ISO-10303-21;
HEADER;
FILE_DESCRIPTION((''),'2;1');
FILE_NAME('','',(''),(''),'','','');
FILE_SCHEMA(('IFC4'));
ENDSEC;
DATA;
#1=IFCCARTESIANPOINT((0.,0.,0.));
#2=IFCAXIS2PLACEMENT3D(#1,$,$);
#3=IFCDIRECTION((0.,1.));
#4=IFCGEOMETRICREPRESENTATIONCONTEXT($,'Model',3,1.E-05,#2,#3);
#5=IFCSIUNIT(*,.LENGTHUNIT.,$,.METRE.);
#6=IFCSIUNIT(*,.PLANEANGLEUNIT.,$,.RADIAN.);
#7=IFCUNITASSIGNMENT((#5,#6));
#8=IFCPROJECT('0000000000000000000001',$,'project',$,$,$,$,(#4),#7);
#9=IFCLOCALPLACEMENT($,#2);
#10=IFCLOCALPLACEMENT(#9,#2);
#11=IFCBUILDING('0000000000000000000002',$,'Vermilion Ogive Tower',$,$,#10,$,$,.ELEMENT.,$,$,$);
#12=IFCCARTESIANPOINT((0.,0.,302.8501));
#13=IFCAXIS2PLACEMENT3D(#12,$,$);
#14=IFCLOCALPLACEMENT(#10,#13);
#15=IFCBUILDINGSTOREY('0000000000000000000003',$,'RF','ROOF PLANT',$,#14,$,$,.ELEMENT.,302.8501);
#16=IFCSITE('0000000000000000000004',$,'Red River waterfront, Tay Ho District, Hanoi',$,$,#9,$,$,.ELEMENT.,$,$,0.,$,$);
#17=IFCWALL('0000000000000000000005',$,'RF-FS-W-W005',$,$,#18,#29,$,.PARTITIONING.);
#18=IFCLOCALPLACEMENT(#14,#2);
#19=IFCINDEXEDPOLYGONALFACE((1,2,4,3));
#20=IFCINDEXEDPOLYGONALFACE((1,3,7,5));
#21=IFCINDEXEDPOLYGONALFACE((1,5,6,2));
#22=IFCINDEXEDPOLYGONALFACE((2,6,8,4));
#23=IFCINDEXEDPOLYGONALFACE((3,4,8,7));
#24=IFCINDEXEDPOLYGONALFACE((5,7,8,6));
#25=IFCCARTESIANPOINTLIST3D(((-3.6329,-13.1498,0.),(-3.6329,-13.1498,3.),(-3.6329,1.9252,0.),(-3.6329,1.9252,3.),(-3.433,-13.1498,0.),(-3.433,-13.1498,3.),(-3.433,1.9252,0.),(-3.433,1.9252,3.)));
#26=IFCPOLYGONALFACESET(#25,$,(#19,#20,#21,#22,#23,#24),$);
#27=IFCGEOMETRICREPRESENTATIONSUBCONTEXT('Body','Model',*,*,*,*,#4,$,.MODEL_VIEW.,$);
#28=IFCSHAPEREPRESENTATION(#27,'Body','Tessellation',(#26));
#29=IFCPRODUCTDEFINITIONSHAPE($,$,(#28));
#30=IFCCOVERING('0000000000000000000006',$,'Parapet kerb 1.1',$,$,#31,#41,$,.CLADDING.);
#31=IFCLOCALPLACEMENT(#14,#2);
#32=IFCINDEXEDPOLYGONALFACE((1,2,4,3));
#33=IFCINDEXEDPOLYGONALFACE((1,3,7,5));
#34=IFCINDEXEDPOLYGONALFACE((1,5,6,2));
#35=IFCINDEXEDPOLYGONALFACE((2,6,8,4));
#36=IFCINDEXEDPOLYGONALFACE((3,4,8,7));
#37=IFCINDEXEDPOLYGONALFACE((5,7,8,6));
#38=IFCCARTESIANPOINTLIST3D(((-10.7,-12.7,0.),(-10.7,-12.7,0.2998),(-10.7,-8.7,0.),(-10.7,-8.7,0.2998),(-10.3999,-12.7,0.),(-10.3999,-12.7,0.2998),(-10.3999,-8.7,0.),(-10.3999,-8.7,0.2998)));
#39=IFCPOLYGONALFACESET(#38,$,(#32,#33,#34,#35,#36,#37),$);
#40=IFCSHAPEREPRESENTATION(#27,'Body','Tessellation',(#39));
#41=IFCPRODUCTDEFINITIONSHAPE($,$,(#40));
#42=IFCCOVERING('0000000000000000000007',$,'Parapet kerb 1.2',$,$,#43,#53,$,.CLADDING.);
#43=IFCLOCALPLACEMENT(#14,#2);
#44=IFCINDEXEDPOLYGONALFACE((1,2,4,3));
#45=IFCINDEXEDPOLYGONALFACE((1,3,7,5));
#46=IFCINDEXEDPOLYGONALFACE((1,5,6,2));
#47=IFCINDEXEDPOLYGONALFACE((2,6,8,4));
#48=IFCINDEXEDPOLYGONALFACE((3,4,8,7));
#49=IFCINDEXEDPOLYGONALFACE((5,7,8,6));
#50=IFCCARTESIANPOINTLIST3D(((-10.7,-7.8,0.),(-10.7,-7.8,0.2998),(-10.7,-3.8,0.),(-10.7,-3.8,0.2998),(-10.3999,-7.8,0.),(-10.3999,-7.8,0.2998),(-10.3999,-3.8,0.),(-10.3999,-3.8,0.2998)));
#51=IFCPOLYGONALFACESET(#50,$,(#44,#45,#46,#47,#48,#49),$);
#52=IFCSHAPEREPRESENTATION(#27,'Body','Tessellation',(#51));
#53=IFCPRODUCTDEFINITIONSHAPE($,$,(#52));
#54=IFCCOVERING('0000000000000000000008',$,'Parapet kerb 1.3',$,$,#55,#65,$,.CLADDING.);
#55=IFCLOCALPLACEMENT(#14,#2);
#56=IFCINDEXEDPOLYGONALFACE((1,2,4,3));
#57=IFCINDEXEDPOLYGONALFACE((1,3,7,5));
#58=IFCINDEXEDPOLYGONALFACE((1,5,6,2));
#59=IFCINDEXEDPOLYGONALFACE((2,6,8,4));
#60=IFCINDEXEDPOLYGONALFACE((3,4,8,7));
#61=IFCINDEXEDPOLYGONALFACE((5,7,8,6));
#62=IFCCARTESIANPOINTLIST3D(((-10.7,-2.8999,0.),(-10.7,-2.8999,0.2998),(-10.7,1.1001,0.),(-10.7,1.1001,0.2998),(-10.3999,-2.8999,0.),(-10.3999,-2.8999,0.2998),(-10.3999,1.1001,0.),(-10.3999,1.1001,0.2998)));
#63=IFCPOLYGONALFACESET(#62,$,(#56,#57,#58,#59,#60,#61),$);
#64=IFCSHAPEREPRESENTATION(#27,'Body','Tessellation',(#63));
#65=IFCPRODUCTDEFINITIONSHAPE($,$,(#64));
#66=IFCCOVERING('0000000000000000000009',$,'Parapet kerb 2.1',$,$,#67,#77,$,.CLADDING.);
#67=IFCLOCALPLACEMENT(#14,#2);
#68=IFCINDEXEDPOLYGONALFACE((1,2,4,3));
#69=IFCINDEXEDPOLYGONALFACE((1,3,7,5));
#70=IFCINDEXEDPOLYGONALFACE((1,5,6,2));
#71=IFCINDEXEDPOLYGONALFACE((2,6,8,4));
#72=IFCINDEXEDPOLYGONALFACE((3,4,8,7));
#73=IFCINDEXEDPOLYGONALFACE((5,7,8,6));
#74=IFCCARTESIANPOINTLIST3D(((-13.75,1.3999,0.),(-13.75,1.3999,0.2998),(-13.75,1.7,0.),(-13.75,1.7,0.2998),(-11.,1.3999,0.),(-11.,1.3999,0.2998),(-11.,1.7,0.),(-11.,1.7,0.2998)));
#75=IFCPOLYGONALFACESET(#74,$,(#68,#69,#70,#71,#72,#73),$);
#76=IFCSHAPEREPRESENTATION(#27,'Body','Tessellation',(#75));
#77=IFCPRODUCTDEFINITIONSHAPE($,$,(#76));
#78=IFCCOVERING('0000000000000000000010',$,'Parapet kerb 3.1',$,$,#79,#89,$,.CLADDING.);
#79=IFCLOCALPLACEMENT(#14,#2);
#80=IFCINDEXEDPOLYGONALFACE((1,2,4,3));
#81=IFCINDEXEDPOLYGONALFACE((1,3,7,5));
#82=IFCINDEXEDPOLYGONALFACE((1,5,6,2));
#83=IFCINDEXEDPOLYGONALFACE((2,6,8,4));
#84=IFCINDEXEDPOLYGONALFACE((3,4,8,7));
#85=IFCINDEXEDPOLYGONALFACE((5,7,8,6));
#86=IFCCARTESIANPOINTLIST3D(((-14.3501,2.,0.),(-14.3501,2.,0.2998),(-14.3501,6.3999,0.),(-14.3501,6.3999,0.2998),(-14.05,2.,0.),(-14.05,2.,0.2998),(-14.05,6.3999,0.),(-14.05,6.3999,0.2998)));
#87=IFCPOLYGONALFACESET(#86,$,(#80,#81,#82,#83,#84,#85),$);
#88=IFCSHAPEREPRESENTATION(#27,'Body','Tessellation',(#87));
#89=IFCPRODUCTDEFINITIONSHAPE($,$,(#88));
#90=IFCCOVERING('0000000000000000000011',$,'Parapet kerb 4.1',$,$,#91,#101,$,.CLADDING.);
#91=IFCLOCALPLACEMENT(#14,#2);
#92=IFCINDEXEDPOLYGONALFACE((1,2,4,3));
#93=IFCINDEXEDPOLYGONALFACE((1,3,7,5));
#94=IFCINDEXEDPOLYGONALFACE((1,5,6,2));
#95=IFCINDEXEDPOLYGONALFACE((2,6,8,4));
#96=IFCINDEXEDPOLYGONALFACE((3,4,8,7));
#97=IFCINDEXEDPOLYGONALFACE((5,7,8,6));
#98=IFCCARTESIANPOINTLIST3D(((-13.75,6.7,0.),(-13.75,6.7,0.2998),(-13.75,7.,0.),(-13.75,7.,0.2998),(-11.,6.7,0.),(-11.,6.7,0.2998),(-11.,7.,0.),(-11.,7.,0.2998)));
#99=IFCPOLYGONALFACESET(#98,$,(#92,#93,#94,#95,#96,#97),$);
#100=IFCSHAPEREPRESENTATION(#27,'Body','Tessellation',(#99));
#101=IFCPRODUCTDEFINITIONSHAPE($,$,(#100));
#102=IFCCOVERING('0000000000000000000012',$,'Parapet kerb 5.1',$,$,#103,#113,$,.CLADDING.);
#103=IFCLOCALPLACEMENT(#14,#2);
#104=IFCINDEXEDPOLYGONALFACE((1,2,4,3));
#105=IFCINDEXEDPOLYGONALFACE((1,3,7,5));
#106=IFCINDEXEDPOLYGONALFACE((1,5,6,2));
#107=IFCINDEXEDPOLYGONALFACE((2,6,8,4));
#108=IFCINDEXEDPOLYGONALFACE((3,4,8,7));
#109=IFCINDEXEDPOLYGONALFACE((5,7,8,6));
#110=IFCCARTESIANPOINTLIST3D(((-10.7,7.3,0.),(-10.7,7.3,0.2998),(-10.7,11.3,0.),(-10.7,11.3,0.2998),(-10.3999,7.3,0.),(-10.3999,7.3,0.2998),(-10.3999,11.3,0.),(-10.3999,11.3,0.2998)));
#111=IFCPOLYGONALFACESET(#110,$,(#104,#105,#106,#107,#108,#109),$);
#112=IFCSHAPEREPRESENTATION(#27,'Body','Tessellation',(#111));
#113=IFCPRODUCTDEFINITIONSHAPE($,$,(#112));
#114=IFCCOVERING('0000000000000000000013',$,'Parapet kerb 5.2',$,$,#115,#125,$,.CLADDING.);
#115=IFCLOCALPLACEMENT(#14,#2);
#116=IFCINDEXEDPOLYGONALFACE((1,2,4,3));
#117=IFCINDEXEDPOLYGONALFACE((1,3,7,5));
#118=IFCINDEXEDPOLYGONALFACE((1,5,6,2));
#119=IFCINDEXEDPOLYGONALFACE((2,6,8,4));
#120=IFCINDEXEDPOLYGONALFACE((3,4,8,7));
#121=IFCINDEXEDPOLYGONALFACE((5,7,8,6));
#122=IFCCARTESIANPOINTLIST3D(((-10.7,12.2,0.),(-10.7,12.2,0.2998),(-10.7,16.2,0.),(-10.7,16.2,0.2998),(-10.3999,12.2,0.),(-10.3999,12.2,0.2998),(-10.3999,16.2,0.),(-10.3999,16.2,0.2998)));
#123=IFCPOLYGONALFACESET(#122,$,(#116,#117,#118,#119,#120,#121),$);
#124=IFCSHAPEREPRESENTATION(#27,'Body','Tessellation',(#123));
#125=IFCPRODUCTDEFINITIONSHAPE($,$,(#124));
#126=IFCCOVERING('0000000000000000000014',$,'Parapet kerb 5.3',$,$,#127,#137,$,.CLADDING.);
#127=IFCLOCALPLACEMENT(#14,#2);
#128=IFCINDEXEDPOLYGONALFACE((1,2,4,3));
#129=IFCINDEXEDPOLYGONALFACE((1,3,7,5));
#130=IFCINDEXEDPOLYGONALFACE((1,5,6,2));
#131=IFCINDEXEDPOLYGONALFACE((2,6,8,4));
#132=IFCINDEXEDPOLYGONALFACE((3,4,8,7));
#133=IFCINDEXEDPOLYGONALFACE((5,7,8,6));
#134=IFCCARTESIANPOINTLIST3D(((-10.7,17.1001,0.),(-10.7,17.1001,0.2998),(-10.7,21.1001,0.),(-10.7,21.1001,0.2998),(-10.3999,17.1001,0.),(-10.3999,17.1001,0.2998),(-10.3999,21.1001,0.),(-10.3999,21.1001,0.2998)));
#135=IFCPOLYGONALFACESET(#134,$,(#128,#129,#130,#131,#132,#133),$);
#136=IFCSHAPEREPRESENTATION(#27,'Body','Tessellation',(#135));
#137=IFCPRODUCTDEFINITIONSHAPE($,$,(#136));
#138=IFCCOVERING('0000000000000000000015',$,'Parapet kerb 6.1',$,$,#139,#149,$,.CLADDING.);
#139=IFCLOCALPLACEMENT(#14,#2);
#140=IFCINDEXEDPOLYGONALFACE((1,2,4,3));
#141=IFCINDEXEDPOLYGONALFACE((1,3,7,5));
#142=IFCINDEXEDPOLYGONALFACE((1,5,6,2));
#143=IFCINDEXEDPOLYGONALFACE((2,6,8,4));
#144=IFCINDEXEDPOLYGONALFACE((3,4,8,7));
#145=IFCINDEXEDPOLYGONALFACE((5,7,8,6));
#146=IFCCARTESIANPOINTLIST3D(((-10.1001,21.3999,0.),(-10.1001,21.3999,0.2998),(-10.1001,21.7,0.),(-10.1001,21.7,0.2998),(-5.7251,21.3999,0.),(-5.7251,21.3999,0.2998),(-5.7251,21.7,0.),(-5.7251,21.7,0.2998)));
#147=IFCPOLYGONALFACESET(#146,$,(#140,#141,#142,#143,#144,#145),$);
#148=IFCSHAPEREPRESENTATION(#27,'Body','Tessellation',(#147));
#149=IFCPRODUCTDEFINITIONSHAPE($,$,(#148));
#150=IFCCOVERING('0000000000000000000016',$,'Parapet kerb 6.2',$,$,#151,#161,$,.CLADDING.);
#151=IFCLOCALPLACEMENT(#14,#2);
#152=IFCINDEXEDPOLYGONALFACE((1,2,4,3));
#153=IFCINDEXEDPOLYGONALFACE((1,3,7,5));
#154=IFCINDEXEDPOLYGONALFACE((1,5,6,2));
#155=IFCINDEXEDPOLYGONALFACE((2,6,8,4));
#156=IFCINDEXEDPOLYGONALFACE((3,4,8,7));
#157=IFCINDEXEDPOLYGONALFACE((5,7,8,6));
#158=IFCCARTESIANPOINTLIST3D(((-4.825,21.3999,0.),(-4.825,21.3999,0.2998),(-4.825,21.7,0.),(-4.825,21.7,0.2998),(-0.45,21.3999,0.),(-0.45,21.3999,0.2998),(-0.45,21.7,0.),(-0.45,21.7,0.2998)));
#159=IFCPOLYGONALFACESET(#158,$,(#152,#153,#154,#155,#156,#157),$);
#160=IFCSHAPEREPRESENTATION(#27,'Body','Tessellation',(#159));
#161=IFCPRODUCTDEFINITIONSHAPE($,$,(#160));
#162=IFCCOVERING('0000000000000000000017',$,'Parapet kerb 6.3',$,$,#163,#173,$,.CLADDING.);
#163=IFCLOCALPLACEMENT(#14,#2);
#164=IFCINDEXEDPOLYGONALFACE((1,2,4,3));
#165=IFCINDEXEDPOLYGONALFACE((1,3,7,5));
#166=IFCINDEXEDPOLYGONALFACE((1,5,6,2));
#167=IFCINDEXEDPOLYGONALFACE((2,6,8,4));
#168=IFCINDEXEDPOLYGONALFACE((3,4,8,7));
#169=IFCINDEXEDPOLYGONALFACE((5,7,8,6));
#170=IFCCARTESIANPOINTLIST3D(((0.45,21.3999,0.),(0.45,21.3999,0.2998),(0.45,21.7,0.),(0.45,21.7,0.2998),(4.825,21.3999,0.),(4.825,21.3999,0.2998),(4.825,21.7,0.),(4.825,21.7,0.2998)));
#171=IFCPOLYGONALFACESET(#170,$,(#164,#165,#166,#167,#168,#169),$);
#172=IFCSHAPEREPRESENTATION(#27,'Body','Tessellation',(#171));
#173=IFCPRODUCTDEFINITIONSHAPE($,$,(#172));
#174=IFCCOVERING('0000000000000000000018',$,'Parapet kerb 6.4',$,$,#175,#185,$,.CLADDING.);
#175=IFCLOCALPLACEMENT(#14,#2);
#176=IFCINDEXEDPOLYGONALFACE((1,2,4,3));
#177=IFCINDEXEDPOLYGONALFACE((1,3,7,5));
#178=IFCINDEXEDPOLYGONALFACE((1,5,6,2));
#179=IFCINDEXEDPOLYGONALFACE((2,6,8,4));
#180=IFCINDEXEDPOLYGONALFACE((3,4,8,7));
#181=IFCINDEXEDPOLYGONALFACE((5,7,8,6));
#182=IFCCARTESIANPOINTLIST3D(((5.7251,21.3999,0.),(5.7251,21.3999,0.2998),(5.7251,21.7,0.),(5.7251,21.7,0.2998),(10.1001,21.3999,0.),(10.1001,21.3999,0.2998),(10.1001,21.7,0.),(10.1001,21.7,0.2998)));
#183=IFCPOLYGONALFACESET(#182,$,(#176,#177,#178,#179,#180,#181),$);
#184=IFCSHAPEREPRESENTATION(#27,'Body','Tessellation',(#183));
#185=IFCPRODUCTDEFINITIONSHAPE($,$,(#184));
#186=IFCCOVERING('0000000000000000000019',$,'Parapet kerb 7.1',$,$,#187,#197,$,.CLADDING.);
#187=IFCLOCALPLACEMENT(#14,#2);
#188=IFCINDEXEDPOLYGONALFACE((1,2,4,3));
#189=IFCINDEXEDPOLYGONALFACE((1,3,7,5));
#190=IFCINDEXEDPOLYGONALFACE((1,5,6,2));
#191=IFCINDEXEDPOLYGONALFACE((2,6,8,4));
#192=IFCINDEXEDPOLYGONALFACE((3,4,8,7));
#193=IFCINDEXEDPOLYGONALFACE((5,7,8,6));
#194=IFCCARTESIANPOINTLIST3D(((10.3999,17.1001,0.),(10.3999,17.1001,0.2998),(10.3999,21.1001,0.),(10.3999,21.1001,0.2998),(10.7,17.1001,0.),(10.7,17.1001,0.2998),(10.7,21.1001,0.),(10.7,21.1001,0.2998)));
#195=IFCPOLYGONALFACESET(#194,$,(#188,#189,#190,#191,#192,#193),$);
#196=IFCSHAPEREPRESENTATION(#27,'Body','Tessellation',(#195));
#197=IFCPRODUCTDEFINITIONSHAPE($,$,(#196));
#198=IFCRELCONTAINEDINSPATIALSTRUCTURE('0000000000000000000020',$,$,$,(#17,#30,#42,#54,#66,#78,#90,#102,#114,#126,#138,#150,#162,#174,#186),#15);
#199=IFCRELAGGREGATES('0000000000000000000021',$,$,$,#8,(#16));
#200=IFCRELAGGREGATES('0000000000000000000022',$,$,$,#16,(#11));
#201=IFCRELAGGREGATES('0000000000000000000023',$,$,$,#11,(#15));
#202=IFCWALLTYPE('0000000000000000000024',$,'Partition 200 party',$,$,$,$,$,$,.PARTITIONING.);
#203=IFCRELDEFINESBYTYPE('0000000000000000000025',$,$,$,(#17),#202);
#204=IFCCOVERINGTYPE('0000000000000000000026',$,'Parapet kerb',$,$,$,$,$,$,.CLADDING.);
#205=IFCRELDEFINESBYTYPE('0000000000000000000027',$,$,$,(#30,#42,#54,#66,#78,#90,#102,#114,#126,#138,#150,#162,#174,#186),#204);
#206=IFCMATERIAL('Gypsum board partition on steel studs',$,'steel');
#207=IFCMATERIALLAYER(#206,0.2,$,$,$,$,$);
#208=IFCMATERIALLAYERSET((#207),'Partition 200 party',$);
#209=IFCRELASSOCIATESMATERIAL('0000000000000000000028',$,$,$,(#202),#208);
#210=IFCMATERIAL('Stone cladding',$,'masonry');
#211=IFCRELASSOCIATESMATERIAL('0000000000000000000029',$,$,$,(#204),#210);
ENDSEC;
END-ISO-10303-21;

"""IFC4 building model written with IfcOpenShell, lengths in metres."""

from ifc_helpers import new_model, si_unit, direction, frame, frame_2d, origin, place, context, subcontext, project, spatial, polyline, rectangle, outline, extrude, material, layer, layer_set, type_object, element, save


model = new_model("IFC4")

# Units and contexts
model_context = context("Model", 3, precision=1e-05, world=origin(), true_north=direction((0.0, 1.0)))
body_context = subcontext(model_context, "Body", "Model", "MODEL_VIEW")
ifc_project = project(units=[si_unit("LENGTHUNIT", "METRE"), si_unit("PLANEANGLEUNIT", "RADIAN")], contexts=[model_context])

# Site, building, storey
site_placement = place(None, origin())
site = spatial("IfcSite", under=ifc_project, at=site_placement, Name="Red River waterfront, Tay Ho District, Hanoi", CompositionType="ELEMENT", RefElevation=0.0)
building_placement = place(site_placement, origin())
building = spatial("IfcBuilding", under=site, at=building_placement, Name="Vermilion Ogive Tower", CompositionType="ELEMENT")
storey_placement = place(building_placement, frame((0.0, 0.0, 302.8501)))
storey = spatial("IfcBuildingStorey", under=building, at=storey_placement, Name="RF", Description="ROOF PLANT", CompositionType="ELEMENT", Elevation=302.8501)

# Wall
ifc_material_1 = material(Name="Gypsum board partition on steel studs", Category="steel")
ifc_layer_1 = layer(ifc_material_1, 0.2)
ifc_layer_set_1 = layer_set([ifc_layer_1], Name="Partition 200 party")
wall_type = type_object("IfcWallType", Name="Partition 200 party", PredefinedType="PARTITIONING", material=ifc_layer_set_1)
wall_placement = place(storey_placement, frame((-3.533, -13.1499, 0.0), z_axis=(0.0, 0.0, 1.0), x_axis=(0.0, 1.0, 0.0)))
element("IfcWall", 1, at=wall_placement, inside=storey, type_object=wall_type, Name="RF-FS-W-W005", PredefinedType="PARTITIONING", context=body_context, shape_type="SweptSolid", body=[
    extrude(rectangle(XDim=15.075, YDim=0.2, at=frame_2d((7.5376, 0.0))), origin(), (0.0, 0.0, 1.0), 3.0),
])

# Coverings
ifc_material_2 = material(Name="Stone cladding", Category="masonry")
covering_type = type_object("IfcCoveringType", Name="Parapet kerb", PredefinedType="CLADDING", material=ifc_material_2)
covering_1_placement = place(storey_placement, origin())
element("IfcCovering", 2, at=covering_1_placement, inside=storey, type_object=covering_type, Name="Parapet kerb 1.1", PredefinedType="CLADDING", context=body_context, shape_type="SweptSolid", body=[
    extrude(outline(polyline([(-10.3999, -12.7), (-10.3999, -8.7), (-10.7, -8.7), (-10.7, -12.7), (-10.3999, -12.7)])), origin(), (0.0, 0.0, 1.0), 0.2998),
])
covering_2_placement = place(storey_placement, origin())
element("IfcCovering", 3, at=covering_2_placement, inside=storey, type_object=covering_type, Name="Parapet kerb 1.2", PredefinedType="CLADDING", context=body_context, shape_type="SweptSolid", body=[
    extrude(outline(polyline([(-10.3999, -7.8), (-10.3999, -3.8), (-10.7, -3.8), (-10.7, -7.8), (-10.3999, -7.8)])), origin(), (0.0, 0.0, 1.0), 0.2998),
])
covering_3_placement = place(storey_placement, origin())
element("IfcCovering", 4, at=covering_3_placement, inside=storey, type_object=covering_type, Name="Parapet kerb 1.3", PredefinedType="CLADDING", context=body_context, shape_type="SweptSolid", body=[
    extrude(outline(polyline([(-10.3999, -2.8999), (-10.3999, 1.1001), (-10.7, 1.1001), (-10.7, -2.8999), (-10.3999, -2.8999)])), origin(), (0.0, 0.0, 1.0), 0.2998),
])
covering_4_placement = place(storey_placement, origin())
element("IfcCovering", 5, at=covering_4_placement, inside=storey, type_object=covering_type, Name="Parapet kerb 2.1", PredefinedType="CLADDING", context=body_context, shape_type="SweptSolid", body=[
    extrude(outline(polyline([(-11.0, 1.7), (-13.75, 1.7), (-13.75, 1.3999), (-11.0, 1.3999), (-11.0, 1.7)])), origin(), (0.0, 0.0, 1.0), 0.2998),
])
covering_5_placement = place(storey_placement, origin())
element("IfcCovering", 6, at=covering_5_placement, inside=storey, type_object=covering_type, Name="Parapet kerb 3.1", PredefinedType="CLADDING", context=body_context, shape_type="SweptSolid", body=[
    extrude(outline(polyline([(-14.05, 2.0), (-14.05, 6.3999), (-14.3501, 6.3999), (-14.3501, 2.0), (-14.05, 2.0)])), origin(), (0.0, 0.0, 1.0), 0.2998),
])
covering_6_placement = place(storey_placement, origin())
element("IfcCovering", 7, at=covering_6_placement, inside=storey, type_object=covering_type, Name="Parapet kerb 4.1", PredefinedType="CLADDING", context=body_context, shape_type="SweptSolid", body=[
    extrude(outline(polyline([(-13.75, 6.7), (-11.0, 6.7), (-11.0, 7.0), (-13.75, 7.0), (-13.75, 6.7)])), origin(), (0.0, 0.0, 1.0), 0.2998),
])
covering_7_placement = place(storey_placement, origin())
element("IfcCovering", 8, at=covering_7_placement, inside=storey, type_object=covering_type, Name="Parapet kerb 5.1", PredefinedType="CLADDING", context=body_context, shape_type="SweptSolid", body=[
    extrude(outline(polyline([(-10.3999, 7.3), (-10.3999, 11.3), (-10.7, 11.3), (-10.7, 7.3), (-10.3999, 7.3)])), origin(), (0.0, 0.0, 1.0), 0.2998),
])
covering_8_placement = place(storey_placement, origin())
element("IfcCovering", 9, at=covering_8_placement, inside=storey, type_object=covering_type, Name="Parapet kerb 5.2", PredefinedType="CLADDING", context=body_context, shape_type="SweptSolid", body=[
    extrude(outline(polyline([(-10.3999, 12.2), (-10.3999, 16.2), (-10.7, 16.2), (-10.7, 12.2), (-10.3999, 12.2)])), origin(), (0.0, 0.0, 1.0), 0.2998),
])
covering_9_placement = place(storey_placement, origin())
element("IfcCovering", 10, at=covering_9_placement, inside=storey, type_object=covering_type, Name="Parapet kerb 5.3", PredefinedType="CLADDING", context=body_context, shape_type="SweptSolid", body=[
    extrude(outline(polyline([(-10.3999, 17.1001), (-10.3999, 21.1001), (-10.7, 21.1001), (-10.7, 17.1001), (-10.3999, 17.1001)])), origin(), (0.0, 0.0, 1.0), 0.2998),
])
covering_10_placement = place(storey_placement, origin())
element("IfcCovering", 11, at=covering_10_placement, inside=storey, type_object=covering_type, Name="Parapet kerb 6.1", PredefinedType="CLADDING", context=body_context, shape_type="SweptSolid", body=[
    extrude(outline(polyline([(-10.1001, 21.3999), (-5.7251, 21.3999), (-5.7251, 21.7), (-10.1001, 21.7), (-10.1001, 21.3999)])), origin(), (0.0, 0.0, 1.0), 0.2998),
])
covering_11_placement = place(storey_placement, origin())
element("IfcCovering", 12, at=covering_11_placement, inside=storey, type_object=covering_type, Name="Parapet kerb 6.2", PredefinedType="CLADDING", context=body_context, shape_type="SweptSolid", body=[
    extrude(outline(polyline([(-4.825, 21.3999), (-0.45, 21.3999), (-0.45, 21.7), (-4.825, 21.7), (-4.825, 21.3999)])), origin(), (0.0, 0.0, 1.0), 0.2998),
])
covering_12_placement = place(storey_placement, origin())
element("IfcCovering", 13, at=covering_12_placement, inside=storey, type_object=covering_type, Name="Parapet kerb 6.3", PredefinedType="CLADDING", context=body_context, shape_type="SweptSolid", body=[
    extrude(outline(polyline([(0.45, 21.3999), (4.825, 21.3999), (4.825, 21.7), (0.45, 21.7), (0.45, 21.3999)])), origin(), (0.0, 0.0, 1.0), 0.2998),
])
covering_13_placement = place(storey_placement, origin())
element("IfcCovering", 14, at=covering_13_placement, inside=storey, type_object=covering_type, Name="Parapet kerb 6.4", PredefinedType="CLADDING", context=body_context, shape_type="SweptSolid", body=[
    extrude(outline(polyline([(5.7251, 21.3999), (10.1001, 21.3999), (10.1001, 21.7), (5.7251, 21.7), (5.7251, 21.3999)])), origin(), (0.0, 0.0, 1.0), 0.2998),
])
covering_14_placement = place(storey_placement, origin())
element("IfcCovering", 15, at=covering_14_placement, inside=storey, type_object=covering_type, Name="Parapet kerb 7.1", PredefinedType="CLADDING", context=body_context, shape_type="SweptSolid", body=[
    extrude(outline(polyline([(10.3999, 21.1001), (10.3999, 17.1001), (10.7, 17.1001), (10.7, 21.1001), (10.3999, 21.1001)])), origin(), (0.0, 0.0, 1.0), 0.2998),
])

save(model, "model.ifc")
